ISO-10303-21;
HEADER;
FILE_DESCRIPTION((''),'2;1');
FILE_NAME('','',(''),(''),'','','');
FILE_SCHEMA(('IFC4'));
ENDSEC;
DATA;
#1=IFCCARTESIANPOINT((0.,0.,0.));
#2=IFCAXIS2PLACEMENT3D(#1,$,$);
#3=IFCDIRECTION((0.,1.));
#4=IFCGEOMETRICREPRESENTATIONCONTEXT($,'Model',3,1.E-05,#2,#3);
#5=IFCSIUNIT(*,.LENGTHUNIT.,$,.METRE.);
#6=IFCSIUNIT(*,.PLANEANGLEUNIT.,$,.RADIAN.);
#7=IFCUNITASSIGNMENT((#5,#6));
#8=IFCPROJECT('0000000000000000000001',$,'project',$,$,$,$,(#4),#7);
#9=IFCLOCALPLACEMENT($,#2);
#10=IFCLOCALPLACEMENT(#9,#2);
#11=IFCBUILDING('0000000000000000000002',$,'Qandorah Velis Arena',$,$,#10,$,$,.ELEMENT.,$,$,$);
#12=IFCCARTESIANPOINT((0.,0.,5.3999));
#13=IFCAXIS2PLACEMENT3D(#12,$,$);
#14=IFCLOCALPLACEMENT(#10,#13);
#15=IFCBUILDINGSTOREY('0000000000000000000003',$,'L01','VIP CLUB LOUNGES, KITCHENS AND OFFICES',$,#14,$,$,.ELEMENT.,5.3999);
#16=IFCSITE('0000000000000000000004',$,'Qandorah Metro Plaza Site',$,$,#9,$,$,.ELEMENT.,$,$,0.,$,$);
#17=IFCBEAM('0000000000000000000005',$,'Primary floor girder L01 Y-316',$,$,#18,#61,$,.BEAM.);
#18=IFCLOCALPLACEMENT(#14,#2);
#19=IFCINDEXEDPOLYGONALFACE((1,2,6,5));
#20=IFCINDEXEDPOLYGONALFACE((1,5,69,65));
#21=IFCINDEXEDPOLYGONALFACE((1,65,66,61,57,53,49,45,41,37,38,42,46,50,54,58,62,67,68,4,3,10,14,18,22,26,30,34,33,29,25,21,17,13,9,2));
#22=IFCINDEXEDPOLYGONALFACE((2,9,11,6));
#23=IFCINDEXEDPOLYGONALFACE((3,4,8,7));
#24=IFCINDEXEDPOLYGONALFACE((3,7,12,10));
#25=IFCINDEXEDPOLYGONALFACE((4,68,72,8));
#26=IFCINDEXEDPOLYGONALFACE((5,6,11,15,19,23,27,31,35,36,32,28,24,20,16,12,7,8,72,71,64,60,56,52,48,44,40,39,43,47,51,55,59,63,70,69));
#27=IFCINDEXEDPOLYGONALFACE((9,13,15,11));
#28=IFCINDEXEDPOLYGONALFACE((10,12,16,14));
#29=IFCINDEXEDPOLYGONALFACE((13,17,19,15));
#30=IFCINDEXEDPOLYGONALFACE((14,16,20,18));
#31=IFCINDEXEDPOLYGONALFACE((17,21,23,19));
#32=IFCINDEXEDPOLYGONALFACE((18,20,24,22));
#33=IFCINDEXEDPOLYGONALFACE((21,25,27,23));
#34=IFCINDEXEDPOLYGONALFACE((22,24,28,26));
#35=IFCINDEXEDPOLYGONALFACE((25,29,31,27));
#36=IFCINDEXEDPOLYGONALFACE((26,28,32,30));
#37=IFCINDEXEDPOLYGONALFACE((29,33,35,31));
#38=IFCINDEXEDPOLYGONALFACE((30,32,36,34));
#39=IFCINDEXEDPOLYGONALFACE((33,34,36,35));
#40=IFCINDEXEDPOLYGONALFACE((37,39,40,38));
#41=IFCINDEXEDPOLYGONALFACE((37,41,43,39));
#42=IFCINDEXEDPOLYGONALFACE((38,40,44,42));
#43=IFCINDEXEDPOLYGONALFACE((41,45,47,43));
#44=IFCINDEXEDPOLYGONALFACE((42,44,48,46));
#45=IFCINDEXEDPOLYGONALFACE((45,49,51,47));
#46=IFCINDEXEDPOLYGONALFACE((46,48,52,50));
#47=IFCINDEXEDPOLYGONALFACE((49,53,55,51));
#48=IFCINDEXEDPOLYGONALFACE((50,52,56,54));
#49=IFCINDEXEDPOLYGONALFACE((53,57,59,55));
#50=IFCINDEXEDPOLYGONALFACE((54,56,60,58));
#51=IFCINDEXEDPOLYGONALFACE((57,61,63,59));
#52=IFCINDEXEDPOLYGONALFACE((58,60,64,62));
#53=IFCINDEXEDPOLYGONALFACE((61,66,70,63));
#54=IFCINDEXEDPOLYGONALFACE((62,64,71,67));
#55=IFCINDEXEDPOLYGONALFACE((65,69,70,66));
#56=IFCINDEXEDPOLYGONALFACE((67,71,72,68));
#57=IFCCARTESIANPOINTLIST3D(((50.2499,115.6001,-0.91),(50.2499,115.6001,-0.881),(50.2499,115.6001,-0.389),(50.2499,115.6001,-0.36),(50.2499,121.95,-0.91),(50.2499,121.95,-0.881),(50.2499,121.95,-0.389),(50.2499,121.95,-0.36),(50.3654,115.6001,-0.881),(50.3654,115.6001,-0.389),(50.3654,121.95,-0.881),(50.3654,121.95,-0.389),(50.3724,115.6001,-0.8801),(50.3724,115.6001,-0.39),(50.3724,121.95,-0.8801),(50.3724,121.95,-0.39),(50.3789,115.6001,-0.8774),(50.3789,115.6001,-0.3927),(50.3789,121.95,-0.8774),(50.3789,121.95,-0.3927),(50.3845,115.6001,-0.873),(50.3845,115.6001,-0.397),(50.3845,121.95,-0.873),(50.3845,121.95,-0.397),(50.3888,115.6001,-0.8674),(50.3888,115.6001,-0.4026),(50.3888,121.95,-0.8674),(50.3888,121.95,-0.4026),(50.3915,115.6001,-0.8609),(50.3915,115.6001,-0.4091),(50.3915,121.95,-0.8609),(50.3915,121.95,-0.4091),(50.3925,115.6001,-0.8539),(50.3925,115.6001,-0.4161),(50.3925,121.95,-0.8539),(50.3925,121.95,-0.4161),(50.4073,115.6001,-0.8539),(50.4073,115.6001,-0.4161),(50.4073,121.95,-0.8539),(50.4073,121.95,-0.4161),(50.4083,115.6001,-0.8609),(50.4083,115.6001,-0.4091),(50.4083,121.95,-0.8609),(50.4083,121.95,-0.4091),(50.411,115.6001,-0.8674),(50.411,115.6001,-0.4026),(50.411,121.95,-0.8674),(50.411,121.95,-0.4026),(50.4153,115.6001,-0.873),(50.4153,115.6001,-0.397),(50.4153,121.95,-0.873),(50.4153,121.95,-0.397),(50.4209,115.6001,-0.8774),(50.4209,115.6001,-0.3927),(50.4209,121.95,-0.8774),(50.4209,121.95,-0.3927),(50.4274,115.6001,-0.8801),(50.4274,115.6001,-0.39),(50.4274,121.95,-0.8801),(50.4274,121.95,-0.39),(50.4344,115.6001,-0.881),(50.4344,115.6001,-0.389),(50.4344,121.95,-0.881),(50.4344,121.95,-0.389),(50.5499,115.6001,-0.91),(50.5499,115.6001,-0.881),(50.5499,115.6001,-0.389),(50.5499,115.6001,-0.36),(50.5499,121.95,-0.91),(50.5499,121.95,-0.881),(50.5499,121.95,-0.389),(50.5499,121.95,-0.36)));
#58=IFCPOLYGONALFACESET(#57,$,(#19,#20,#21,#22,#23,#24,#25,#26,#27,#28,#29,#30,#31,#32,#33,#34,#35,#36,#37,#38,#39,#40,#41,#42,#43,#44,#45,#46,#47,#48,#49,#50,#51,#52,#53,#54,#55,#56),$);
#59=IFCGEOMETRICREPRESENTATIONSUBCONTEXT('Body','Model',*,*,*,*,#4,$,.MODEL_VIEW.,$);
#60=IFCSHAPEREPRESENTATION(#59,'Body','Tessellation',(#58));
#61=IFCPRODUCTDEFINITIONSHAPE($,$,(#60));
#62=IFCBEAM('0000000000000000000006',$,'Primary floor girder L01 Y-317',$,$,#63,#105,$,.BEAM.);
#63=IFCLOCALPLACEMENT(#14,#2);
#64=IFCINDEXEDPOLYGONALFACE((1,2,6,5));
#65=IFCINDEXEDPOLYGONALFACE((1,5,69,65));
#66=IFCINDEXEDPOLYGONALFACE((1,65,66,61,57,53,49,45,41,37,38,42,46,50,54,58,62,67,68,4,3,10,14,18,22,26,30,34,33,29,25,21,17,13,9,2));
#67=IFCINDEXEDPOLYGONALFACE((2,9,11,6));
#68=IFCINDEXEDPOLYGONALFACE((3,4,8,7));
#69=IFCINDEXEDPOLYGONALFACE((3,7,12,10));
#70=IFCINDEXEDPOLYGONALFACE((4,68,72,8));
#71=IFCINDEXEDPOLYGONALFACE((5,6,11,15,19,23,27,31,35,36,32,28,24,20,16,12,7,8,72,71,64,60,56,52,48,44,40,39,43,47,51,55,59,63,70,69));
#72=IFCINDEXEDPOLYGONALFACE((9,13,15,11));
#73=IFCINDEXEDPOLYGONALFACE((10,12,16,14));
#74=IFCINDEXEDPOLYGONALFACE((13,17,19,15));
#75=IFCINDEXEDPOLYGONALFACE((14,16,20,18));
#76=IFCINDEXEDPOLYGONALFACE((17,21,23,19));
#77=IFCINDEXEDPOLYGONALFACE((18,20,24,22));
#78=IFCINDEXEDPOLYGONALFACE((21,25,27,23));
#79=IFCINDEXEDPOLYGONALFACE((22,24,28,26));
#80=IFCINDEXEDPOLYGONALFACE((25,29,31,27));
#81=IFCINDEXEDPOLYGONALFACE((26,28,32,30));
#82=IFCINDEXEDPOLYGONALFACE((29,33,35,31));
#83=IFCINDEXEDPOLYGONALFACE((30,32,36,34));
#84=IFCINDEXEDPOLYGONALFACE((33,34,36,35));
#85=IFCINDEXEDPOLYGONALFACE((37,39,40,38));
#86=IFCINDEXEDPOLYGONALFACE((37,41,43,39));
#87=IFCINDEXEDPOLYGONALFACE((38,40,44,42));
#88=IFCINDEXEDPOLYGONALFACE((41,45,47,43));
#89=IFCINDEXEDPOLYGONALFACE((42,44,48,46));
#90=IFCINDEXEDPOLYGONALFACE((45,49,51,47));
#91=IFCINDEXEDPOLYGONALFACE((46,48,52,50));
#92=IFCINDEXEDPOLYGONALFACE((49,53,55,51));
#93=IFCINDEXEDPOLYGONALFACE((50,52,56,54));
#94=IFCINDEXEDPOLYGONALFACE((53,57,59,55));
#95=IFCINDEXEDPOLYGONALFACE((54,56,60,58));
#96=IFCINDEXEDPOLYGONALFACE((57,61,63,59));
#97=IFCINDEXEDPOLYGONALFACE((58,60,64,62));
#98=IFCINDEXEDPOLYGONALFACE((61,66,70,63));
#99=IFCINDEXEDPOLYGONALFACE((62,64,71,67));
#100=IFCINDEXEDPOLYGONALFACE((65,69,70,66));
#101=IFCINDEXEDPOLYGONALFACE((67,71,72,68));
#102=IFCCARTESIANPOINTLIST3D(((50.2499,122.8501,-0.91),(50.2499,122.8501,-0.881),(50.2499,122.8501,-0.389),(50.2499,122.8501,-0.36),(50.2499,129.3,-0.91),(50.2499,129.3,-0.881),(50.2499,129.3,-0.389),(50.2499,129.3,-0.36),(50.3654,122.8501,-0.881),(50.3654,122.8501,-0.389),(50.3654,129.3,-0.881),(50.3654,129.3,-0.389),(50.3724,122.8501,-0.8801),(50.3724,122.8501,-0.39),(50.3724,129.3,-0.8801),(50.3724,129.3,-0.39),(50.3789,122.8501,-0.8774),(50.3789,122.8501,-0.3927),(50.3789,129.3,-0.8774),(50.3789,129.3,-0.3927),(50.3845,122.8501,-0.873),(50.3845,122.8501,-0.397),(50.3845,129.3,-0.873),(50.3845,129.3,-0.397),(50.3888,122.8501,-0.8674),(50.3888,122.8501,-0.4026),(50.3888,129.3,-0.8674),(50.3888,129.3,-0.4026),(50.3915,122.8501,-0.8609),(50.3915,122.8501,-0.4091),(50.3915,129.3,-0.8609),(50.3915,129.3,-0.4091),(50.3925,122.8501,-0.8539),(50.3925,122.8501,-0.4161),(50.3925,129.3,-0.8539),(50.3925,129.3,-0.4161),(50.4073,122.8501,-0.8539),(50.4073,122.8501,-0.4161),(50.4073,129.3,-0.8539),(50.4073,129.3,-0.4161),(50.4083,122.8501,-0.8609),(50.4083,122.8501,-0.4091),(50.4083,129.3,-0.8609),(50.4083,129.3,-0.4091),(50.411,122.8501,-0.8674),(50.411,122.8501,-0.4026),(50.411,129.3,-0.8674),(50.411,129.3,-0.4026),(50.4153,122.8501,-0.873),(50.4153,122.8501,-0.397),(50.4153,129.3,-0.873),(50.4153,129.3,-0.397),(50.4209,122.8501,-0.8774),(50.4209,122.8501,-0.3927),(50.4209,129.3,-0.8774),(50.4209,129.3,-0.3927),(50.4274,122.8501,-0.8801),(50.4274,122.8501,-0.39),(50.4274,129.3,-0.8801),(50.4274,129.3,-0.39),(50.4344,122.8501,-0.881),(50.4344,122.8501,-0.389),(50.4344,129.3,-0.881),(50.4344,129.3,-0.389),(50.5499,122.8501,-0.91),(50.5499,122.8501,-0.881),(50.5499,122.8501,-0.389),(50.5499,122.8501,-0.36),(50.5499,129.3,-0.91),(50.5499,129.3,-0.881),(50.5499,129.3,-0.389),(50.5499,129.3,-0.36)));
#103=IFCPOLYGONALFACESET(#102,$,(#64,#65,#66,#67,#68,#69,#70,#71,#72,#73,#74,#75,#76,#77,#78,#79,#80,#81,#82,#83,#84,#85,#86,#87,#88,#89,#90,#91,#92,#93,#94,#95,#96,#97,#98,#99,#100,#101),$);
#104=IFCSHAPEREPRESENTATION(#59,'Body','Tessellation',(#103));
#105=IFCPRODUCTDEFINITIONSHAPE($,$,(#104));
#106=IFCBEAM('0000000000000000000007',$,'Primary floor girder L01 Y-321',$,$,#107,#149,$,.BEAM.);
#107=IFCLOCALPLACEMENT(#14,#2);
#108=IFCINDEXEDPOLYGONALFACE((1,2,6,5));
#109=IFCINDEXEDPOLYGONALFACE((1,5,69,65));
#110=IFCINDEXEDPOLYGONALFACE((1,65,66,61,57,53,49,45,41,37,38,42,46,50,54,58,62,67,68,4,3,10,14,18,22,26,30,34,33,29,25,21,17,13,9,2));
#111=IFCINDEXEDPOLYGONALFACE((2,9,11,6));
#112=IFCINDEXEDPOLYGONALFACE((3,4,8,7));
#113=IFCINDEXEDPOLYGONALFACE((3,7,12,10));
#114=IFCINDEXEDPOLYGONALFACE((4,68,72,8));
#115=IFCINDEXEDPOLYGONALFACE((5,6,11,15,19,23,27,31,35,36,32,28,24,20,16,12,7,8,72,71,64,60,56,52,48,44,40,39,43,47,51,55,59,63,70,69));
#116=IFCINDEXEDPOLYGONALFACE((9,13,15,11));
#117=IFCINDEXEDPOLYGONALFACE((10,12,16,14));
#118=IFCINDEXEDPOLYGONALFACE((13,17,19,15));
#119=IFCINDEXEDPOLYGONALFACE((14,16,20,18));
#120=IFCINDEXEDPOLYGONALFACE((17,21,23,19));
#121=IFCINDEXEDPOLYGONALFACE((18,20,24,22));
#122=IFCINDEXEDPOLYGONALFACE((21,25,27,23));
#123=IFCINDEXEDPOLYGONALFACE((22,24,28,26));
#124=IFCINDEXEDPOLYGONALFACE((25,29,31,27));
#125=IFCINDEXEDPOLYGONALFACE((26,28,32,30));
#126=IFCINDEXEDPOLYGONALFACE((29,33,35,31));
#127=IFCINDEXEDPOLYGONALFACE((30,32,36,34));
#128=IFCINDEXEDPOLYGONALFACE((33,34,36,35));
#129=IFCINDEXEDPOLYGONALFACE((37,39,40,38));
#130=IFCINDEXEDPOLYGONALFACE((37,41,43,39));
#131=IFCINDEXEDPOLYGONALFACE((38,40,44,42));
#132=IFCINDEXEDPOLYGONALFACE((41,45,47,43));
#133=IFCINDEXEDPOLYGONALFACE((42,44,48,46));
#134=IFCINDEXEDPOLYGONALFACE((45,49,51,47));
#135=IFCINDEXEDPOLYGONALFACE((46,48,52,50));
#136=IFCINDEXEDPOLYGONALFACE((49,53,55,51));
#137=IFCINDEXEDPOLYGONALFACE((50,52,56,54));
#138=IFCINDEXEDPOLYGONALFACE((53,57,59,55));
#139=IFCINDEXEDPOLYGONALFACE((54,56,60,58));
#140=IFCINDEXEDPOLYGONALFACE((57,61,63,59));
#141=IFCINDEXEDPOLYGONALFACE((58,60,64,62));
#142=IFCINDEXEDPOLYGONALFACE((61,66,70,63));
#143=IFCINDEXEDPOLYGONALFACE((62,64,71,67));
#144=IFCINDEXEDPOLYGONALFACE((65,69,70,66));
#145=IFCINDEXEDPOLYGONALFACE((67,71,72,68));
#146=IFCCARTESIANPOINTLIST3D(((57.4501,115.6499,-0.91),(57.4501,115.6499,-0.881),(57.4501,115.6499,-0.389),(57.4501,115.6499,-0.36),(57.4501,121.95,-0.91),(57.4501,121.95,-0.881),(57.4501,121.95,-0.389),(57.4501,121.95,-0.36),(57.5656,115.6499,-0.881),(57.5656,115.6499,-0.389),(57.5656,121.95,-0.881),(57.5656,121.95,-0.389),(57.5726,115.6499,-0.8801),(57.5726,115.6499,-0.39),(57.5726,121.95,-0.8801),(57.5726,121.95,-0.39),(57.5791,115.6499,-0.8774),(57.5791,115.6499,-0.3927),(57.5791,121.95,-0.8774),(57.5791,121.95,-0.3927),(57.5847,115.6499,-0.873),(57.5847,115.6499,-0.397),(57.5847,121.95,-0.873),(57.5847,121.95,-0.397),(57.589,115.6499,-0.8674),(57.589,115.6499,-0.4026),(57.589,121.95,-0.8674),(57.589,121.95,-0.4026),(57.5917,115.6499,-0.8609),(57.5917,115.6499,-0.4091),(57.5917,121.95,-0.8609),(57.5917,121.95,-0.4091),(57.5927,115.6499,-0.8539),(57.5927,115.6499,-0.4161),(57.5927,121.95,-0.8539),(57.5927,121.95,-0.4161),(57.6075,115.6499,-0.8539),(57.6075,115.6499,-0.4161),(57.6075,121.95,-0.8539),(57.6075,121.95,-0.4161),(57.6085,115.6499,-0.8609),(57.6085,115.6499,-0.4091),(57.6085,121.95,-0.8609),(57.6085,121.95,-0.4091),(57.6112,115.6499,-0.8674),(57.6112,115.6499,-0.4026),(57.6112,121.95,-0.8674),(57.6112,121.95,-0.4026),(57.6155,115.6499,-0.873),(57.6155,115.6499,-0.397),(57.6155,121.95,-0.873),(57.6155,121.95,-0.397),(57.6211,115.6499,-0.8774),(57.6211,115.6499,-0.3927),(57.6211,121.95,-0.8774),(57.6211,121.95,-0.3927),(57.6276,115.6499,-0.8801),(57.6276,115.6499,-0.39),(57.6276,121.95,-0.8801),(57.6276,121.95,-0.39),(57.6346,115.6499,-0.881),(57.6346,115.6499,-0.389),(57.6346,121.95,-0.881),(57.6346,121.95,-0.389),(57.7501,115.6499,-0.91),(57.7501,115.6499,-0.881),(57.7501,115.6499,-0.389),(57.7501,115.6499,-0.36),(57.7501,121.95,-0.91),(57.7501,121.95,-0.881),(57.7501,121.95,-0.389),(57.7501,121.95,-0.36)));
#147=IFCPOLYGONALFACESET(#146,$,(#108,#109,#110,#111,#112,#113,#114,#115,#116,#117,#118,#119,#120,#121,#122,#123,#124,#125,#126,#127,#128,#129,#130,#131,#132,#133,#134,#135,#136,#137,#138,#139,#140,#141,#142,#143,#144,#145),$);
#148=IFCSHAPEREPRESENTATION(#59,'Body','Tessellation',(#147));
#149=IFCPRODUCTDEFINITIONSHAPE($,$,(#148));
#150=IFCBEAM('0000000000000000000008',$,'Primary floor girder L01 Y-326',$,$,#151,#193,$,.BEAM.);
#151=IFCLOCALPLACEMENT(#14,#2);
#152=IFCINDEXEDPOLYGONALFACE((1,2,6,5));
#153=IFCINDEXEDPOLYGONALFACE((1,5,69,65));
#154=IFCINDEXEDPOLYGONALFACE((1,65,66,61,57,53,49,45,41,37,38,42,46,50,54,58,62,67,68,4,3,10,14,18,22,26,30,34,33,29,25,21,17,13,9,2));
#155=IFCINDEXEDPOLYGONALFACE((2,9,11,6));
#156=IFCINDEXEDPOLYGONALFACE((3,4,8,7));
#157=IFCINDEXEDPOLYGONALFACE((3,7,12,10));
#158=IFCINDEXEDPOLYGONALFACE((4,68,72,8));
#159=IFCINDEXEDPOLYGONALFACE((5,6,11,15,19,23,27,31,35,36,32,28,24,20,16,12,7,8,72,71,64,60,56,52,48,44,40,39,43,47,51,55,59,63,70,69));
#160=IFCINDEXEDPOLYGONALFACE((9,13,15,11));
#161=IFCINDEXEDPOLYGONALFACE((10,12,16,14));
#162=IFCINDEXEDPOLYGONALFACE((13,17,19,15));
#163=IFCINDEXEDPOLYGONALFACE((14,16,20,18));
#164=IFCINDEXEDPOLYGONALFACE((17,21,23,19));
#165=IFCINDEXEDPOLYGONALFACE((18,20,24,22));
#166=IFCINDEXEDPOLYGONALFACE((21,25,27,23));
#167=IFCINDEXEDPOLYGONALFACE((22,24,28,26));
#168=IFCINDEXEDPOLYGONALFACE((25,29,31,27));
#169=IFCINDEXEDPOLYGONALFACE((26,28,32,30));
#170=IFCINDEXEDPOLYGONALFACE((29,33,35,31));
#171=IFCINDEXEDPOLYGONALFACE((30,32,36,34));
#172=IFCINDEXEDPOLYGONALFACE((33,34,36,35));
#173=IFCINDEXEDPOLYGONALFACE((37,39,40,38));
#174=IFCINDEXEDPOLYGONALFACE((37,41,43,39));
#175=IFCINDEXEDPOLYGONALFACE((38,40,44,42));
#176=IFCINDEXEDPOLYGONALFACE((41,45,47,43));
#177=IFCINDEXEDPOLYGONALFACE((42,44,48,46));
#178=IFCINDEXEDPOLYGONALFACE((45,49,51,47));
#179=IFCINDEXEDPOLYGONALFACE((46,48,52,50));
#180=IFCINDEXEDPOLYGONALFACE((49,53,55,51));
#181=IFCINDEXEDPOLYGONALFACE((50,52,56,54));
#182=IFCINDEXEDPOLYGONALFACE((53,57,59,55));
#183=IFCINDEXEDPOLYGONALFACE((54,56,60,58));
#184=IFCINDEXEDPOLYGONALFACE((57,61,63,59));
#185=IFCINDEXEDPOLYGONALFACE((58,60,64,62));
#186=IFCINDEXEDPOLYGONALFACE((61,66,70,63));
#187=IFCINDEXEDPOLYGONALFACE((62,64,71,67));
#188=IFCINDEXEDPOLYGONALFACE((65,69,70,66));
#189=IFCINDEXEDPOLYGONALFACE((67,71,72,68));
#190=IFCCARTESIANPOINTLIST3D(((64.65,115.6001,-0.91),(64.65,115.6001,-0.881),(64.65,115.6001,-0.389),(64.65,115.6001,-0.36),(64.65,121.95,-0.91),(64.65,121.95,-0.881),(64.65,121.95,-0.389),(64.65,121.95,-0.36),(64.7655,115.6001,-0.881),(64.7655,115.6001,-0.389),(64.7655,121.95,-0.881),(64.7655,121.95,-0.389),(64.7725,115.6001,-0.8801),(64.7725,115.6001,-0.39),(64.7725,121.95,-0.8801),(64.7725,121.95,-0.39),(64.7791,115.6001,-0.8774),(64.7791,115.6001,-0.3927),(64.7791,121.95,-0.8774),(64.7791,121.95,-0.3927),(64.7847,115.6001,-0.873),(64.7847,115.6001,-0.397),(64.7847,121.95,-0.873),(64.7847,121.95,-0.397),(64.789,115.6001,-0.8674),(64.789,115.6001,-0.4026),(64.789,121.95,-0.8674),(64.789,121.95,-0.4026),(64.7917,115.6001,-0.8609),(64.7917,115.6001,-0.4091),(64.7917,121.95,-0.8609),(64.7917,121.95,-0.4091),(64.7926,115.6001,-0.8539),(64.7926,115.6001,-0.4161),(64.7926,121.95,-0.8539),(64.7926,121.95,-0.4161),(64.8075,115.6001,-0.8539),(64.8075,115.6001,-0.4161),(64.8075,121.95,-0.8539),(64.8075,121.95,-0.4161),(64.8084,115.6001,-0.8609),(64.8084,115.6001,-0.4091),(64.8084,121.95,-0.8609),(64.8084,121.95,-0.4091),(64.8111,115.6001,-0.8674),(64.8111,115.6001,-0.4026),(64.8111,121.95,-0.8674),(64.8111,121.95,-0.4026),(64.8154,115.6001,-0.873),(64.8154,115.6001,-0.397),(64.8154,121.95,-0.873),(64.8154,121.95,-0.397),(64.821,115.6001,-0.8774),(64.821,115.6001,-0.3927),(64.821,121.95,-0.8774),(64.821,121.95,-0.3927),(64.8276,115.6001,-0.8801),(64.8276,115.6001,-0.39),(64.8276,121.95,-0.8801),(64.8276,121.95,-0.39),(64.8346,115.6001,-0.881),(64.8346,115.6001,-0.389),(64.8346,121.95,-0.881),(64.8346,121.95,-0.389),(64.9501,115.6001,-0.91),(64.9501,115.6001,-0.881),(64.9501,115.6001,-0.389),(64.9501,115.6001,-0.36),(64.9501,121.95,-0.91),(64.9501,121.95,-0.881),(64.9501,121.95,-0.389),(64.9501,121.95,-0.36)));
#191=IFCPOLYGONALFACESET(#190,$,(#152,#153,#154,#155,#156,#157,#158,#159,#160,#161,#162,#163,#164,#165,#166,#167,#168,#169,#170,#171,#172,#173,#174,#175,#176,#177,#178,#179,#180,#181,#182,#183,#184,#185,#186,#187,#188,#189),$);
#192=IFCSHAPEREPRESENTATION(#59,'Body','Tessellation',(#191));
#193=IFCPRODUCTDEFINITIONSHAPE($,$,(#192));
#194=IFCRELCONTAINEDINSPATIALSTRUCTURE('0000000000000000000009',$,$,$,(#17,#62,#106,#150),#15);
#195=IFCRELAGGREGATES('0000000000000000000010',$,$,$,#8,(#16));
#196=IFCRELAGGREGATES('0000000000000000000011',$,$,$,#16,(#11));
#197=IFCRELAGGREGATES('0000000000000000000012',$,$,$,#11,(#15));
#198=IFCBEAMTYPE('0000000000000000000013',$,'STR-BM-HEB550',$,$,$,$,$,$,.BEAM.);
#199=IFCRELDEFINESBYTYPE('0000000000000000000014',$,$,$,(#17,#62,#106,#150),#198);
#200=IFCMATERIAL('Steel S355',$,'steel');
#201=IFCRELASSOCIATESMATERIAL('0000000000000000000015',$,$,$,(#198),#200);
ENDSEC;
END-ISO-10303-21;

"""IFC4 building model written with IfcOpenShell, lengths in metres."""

from ifc_helpers import new_model, si_unit, direction, frame, origin, origin_2d, place, context, subcontext, project, spatial, i_section, extrude, material, material_profile, profile_set, type_object, element, save


model = new_model("IFC4")

# Units and contexts
model_context = context("Model", 3, precision=1e-05, world=origin(), true_north=direction((0.0, 1.0)))
body_context = subcontext(model_context, "Body", "Model", "MODEL_VIEW")
ifc_project = project(units=[si_unit("LENGTHUNIT", "METRE"), si_unit("PLANEANGLEUNIT", "RADIAN")], contexts=[model_context])

# Site, building, storey
site_placement = place(None, origin())
site = spatial("IfcSite", under=ifc_project, at=site_placement, Name="Qandorah Metro Plaza Site", CompositionType="ELEMENT", RefElevation=0.0)
building_placement = place(site_placement, origin())
building = spatial("IfcBuilding", under=site, at=building_placement, Name="Qandorah Velis Arena", CompositionType="ELEMENT")
storey_placement = place(building_placement, frame((0.0, 0.0, 5.3999)))
storey = spatial("IfcBuildingStorey", under=building, at=storey_placement, Name="L01", Description="VIP CLUB LOUNGES, KITCHENS AND OFFICES", CompositionType="ELEMENT", Elevation=5.3999)

# Beams
ifc_material_1 = material(Name="Steel S355", Category="steel")
ifc_material_profile_1 = material_profile(ifc_material_1, i_section(OverallWidth=0.3, OverallDepth=0.55, WebThickness=0.0149, FlangeThickness=0.0291, FilletRadius=0.0271, at=origin_2d()), Name="HEB 550")
ifc_profile_set_1 = profile_set([ifc_material_profile_1], Name="Steel S355")
beam_type_1 = type_object("IfcBeamType", Name="STR-BM-HEB550", PredefinedType="BEAM", material=ifc_profile_set_1)
beam_1_placement = place(storey_placement, frame((50.3999, 115.6001, -0.635), z_axis=(0.0, 1.0, 0.0), x_axis=(-1.0, 0.0, 0.0)))
element("IfcBeam", 1, at=beam_1_placement, inside=storey, type_object=beam_type_1, Name="Primary floor girder L01 Y-316", PredefinedType="BEAM", context=body_context, shape_type="SweptSolid", body=[
    extrude(i_section(OverallWidth=0.3, OverallDepth=0.55, WebThickness=0.0149, FlangeThickness=0.0291, FilletRadius=0.0271, at=origin_2d()), origin(), (0.0, 0.0, 1.0), 6.3499),
])
beam_2_placement = place(storey_placement, frame((50.3999, 122.8501, -0.635), z_axis=(0.0, 1.0, 0.0), x_axis=(-1.0, 0.0, 0.0)))
element("IfcBeam", 2, at=beam_2_placement, inside=storey, type_object=beam_type_1, Name="Primary floor girder L01 Y-317", PredefinedType="BEAM", context=body_context, shape_type="SweptSolid", body=[
    extrude(i_section(OverallWidth=0.3, OverallDepth=0.55, WebThickness=0.0149, FlangeThickness=0.0291, FilletRadius=0.0271, at=origin_2d()), origin(), (0.0, 0.0, 1.0), 6.45),
])
beam_3_placement = place(storey_placement, frame((57.6001, 115.6499, -0.635), z_axis=(0.0, 1.0, 0.0), x_axis=(-1.0, 0.0, 0.0)))
element("IfcBeam", 3, at=beam_3_placement, inside=storey, type_object=beam_type_1, Name="Primary floor girder L01 Y-321", PredefinedType="BEAM", context=body_context, shape_type="SweptSolid", body=[
    extrude(i_section(OverallWidth=0.3, OverallDepth=0.55, WebThickness=0.0149, FlangeThickness=0.0291, FilletRadius=0.0271, at=origin_2d()), origin(), (0.0, 0.0, 1.0), 6.3),
])
beam_4_placement = place(storey_placement, frame((64.8, 115.6001, -0.635), z_axis=(0.0, 1.0, 0.0), x_axis=(-1.0, 0.0, 0.0)))
element("IfcBeam", 4, at=beam_4_placement, inside=storey, type_object=beam_type_1, Name="Primary floor girder L01 Y-326", PredefinedType="BEAM", context=body_context, shape_type="SweptSolid", body=[
    extrude(i_section(OverallWidth=0.3, OverallDepth=0.55, WebThickness=0.0149, FlangeThickness=0.0291, FilletRadius=0.0271, at=origin_2d()), origin(), (0.0, 0.0, 1.0), 6.3499),
])

save(model, "model.ifc")
